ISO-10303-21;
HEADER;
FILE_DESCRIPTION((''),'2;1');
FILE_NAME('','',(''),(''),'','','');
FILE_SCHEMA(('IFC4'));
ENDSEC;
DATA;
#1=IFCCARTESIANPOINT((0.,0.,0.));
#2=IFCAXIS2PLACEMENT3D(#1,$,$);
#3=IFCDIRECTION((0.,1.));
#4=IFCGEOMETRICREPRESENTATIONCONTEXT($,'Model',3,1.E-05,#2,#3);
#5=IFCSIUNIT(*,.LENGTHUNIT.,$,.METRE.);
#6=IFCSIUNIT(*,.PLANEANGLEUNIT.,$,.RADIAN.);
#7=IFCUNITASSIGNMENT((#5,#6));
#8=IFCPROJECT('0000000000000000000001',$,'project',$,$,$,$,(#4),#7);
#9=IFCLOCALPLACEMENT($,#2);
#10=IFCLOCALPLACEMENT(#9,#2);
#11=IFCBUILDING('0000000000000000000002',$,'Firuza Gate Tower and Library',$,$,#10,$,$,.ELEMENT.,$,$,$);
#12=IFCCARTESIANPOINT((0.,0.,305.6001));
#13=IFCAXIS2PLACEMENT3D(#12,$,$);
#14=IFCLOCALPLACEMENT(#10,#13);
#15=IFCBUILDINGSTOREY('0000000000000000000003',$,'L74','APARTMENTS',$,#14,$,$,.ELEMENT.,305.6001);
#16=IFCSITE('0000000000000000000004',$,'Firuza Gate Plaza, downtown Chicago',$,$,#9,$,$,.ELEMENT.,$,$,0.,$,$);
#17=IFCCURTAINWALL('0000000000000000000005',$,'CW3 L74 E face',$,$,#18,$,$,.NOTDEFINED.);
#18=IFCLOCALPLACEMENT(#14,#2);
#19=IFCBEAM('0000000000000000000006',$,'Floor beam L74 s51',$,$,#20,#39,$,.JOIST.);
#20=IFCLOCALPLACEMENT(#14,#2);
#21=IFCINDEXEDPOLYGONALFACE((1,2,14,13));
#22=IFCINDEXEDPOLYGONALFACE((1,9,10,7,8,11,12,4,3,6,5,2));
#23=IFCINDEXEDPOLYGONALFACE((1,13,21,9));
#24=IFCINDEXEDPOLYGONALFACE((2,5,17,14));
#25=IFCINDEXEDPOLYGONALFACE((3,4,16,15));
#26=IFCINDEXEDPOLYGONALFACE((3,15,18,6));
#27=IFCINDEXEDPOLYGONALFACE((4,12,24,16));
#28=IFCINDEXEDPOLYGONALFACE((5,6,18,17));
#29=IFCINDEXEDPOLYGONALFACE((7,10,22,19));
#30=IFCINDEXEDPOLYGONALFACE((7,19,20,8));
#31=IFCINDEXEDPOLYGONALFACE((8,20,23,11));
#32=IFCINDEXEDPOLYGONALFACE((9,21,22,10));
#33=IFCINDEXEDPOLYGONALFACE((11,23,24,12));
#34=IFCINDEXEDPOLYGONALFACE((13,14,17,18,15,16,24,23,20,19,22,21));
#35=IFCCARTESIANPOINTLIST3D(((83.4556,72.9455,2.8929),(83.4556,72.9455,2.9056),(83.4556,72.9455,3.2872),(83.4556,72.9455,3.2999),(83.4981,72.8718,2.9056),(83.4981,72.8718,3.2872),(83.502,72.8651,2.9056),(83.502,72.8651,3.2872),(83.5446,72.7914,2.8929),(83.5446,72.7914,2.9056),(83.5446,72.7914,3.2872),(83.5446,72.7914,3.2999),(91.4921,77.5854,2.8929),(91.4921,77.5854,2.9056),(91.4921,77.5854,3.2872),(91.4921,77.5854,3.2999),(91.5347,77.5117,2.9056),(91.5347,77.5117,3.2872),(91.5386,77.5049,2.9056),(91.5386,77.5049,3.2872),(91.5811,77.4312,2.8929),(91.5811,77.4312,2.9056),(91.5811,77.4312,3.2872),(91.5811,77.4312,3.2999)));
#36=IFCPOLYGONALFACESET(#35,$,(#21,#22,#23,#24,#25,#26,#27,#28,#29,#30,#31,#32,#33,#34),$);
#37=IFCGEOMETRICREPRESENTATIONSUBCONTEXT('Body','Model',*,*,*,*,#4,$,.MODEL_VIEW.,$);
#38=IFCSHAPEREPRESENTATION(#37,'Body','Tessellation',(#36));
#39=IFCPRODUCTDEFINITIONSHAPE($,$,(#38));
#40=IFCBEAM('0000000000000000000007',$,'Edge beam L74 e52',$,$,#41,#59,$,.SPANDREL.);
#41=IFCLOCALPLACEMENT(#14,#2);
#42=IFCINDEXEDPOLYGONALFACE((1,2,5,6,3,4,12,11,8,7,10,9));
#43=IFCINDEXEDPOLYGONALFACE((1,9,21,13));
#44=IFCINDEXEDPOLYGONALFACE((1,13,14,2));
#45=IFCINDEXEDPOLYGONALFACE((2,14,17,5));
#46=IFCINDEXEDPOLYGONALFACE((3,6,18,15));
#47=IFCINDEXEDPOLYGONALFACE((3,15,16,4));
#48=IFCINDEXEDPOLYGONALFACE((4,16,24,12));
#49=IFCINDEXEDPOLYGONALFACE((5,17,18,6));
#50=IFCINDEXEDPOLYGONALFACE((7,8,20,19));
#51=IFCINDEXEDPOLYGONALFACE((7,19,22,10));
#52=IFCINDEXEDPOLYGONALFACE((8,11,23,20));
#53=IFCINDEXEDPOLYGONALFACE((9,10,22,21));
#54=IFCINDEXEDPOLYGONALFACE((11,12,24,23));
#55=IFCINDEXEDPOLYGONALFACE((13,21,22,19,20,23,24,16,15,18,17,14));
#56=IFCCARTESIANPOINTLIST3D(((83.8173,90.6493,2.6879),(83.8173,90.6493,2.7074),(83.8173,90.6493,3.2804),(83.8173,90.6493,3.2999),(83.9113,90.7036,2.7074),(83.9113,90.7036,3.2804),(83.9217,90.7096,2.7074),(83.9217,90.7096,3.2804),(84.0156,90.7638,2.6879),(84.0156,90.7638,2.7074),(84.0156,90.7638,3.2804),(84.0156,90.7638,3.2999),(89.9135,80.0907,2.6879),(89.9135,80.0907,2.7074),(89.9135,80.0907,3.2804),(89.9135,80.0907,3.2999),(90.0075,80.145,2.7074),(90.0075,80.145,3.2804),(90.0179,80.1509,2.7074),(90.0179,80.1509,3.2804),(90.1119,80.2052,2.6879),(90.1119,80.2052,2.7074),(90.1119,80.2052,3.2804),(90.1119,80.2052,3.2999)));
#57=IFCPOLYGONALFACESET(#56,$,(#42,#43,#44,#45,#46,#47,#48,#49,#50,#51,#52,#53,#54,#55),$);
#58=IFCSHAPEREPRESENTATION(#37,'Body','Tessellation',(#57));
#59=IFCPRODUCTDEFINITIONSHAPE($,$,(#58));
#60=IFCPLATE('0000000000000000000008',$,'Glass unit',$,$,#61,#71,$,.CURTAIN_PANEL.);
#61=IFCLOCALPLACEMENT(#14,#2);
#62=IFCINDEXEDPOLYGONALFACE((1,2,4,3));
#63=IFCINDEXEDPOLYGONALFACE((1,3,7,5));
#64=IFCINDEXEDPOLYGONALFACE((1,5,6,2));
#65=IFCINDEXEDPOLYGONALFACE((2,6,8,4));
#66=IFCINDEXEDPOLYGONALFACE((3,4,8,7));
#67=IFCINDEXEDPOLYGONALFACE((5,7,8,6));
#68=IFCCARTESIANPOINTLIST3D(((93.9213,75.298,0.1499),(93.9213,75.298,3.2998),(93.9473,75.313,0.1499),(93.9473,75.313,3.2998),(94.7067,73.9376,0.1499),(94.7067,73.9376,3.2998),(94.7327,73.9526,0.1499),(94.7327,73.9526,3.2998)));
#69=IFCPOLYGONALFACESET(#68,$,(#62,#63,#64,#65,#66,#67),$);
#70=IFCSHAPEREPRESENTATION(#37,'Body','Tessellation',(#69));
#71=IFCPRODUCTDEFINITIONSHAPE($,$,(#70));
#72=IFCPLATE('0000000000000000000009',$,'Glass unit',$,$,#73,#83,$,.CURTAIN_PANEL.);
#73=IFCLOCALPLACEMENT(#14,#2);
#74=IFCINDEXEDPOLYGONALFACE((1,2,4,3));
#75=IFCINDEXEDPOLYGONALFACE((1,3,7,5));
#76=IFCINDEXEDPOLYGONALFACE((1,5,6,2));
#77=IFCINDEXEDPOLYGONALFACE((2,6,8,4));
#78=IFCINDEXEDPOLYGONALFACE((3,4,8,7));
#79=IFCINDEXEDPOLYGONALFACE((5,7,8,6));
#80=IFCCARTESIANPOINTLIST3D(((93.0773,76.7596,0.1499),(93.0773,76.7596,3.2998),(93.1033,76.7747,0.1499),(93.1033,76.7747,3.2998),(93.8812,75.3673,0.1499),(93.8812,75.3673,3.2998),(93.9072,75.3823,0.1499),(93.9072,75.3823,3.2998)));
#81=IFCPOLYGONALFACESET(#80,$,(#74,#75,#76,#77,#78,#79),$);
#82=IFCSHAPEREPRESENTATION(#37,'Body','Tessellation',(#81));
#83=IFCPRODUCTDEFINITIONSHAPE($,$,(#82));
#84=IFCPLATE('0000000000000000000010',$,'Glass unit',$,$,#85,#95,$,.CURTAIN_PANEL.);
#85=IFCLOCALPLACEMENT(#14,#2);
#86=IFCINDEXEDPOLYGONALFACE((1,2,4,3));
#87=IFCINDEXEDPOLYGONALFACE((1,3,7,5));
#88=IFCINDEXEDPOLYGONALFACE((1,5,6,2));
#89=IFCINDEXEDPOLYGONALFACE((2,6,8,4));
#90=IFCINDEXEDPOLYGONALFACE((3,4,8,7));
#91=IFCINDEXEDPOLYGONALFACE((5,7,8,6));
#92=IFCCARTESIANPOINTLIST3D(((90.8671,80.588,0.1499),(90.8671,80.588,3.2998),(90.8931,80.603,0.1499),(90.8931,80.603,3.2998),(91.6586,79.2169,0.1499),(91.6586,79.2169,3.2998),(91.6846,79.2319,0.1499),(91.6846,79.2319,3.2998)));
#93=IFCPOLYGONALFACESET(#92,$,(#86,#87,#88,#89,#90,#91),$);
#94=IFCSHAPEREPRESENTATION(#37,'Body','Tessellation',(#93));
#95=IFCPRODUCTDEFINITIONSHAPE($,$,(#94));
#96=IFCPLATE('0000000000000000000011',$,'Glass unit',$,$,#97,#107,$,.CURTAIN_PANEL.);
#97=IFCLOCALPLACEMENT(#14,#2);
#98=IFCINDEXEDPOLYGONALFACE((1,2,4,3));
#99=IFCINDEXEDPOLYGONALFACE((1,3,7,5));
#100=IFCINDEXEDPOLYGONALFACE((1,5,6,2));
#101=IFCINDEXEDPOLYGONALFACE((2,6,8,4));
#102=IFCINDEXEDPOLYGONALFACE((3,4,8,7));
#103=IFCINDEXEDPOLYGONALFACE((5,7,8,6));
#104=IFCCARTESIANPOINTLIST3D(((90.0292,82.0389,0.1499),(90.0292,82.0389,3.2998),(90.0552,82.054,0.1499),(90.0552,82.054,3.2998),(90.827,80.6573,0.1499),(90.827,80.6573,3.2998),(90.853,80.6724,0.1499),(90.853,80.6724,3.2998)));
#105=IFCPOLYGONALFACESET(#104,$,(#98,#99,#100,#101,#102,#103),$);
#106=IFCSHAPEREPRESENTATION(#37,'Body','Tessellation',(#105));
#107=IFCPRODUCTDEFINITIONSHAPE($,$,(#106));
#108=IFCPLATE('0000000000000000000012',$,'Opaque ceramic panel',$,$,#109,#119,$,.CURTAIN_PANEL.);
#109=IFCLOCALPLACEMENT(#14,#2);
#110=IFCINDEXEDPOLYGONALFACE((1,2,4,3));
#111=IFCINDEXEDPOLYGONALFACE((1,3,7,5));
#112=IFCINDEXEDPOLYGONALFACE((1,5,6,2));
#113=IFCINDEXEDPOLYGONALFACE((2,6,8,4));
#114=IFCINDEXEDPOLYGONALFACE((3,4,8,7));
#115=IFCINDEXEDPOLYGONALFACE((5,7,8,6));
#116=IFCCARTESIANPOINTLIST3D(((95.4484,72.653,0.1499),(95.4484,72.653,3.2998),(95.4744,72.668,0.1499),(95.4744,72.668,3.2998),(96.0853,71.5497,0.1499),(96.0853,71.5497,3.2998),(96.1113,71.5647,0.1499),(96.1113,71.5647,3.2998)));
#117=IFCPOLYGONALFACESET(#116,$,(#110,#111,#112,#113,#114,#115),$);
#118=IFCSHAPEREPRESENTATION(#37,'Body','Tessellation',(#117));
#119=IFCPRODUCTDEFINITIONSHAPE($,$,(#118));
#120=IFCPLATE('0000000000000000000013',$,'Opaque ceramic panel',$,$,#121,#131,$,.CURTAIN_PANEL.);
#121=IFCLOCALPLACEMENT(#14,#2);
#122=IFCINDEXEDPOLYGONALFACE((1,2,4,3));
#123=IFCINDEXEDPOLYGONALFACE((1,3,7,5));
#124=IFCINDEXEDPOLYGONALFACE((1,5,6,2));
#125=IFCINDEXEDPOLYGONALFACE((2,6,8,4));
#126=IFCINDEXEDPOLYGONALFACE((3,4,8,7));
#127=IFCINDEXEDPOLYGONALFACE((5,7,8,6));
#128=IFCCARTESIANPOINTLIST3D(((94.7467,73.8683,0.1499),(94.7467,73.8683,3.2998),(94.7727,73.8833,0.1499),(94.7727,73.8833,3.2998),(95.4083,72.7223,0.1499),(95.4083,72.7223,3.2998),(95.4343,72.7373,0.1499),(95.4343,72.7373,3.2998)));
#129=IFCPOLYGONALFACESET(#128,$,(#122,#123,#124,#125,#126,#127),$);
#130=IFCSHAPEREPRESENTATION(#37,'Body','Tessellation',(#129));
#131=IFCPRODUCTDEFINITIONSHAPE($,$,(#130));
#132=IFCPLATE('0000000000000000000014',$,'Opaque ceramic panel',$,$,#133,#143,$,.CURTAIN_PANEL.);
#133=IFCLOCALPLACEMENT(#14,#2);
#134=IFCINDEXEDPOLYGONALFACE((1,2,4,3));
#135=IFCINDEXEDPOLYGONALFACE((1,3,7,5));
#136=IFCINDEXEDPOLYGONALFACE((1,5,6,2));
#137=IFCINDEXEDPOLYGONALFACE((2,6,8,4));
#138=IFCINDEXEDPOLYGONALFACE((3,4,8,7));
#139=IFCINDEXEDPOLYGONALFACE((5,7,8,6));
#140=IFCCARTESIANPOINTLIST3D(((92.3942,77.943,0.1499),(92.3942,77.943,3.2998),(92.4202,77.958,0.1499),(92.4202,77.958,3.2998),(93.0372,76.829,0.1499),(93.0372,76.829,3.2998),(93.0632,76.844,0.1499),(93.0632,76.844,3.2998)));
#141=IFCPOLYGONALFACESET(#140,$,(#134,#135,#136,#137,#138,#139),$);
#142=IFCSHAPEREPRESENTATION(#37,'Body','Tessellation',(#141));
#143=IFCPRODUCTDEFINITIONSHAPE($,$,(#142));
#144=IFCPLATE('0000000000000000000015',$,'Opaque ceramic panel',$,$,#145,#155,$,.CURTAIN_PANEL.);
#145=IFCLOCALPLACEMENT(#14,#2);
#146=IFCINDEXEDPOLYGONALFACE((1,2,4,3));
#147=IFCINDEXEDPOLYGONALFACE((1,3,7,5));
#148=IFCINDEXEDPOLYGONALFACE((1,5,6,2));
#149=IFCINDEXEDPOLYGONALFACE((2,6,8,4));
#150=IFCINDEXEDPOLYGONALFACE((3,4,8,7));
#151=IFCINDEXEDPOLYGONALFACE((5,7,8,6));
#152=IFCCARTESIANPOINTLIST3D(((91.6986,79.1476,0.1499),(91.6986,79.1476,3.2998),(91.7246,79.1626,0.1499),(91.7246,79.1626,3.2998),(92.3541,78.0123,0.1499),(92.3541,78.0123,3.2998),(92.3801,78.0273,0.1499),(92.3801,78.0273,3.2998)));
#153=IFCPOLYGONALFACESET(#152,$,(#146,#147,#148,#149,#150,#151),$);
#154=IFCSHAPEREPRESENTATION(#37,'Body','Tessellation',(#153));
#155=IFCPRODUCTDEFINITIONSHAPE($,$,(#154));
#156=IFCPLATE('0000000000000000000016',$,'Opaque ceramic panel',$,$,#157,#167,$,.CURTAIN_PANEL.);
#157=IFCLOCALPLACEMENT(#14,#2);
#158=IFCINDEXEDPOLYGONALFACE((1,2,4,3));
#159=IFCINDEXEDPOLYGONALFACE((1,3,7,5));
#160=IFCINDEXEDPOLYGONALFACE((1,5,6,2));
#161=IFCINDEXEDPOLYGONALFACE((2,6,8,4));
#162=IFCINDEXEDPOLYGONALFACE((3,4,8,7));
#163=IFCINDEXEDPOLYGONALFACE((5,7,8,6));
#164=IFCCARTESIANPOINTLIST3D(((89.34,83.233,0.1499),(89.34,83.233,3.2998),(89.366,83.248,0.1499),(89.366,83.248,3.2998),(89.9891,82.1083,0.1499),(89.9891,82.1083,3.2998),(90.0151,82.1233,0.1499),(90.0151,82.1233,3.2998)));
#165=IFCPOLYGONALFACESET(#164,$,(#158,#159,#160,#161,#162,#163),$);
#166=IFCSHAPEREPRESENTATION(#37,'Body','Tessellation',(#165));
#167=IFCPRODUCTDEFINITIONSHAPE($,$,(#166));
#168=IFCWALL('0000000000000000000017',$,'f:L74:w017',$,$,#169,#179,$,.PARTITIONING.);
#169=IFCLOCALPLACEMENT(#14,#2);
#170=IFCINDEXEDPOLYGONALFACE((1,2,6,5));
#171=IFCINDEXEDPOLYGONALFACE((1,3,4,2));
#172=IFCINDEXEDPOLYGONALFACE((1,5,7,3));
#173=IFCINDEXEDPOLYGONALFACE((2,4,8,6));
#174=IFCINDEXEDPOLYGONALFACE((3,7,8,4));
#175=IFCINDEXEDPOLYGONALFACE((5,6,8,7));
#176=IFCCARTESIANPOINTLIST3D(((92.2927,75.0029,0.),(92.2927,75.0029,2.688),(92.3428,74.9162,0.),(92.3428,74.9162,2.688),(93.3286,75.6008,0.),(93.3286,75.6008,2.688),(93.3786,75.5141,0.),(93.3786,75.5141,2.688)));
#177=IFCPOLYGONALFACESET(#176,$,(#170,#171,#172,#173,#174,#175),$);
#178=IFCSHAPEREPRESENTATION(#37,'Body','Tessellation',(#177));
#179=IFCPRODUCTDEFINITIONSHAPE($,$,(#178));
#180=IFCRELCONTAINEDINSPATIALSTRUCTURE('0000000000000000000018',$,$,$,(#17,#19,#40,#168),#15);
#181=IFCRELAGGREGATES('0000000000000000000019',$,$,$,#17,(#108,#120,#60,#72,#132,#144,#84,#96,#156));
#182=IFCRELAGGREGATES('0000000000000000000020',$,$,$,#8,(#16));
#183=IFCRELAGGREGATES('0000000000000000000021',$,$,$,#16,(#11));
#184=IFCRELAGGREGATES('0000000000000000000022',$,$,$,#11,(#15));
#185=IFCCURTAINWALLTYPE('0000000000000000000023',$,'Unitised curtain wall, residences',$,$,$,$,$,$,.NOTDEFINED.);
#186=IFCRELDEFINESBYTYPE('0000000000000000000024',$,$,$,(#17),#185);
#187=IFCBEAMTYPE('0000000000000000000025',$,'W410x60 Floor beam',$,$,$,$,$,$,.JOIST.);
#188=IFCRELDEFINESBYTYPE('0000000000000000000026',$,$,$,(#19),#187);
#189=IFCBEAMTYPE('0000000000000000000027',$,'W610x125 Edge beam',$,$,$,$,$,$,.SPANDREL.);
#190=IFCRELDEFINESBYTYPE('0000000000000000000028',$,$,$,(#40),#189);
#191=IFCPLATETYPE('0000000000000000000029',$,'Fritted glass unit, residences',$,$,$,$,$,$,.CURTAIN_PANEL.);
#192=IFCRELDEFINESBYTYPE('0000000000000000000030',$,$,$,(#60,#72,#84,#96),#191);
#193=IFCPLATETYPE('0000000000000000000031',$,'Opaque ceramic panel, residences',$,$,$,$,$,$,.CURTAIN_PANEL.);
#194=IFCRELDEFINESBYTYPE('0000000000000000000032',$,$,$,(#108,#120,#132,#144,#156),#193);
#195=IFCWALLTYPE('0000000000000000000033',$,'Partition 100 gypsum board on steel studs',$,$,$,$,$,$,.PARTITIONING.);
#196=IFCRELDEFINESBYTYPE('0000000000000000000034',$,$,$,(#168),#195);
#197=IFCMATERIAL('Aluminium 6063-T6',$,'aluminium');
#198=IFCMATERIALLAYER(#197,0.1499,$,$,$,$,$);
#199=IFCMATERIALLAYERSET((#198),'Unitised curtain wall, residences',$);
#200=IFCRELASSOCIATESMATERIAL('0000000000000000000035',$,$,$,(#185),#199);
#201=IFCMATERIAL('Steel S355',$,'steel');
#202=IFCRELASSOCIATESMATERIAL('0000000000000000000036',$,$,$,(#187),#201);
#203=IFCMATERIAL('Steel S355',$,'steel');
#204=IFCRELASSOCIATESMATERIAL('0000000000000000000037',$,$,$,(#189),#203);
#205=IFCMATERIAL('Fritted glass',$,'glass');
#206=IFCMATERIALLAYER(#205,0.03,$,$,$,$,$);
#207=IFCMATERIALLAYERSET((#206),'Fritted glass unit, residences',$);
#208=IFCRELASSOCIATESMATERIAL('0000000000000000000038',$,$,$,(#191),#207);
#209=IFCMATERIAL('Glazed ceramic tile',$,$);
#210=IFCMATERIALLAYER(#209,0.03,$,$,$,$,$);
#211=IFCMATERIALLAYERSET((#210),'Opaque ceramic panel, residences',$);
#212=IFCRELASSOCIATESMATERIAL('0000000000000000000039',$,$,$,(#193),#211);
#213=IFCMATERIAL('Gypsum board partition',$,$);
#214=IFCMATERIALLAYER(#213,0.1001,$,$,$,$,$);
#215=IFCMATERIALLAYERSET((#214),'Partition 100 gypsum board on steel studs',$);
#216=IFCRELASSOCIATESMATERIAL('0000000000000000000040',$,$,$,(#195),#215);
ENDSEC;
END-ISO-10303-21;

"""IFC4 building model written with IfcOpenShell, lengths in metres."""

from ifc_helpers import new_model, si_unit, direction, frame, frame_2d, origin, origin_2d, place, context, subcontext, project, spatial, polyline, rectangle, i_section, outline, extrude, material, layer, layer_set, material_profile, profile_set, type_object, element, aggregate, save


model = new_model("IFC4")

# Units and contexts
model_context = context("Model", 3, precision=1e-05, world=origin(), true_north=direction((0.0, 1.0)))
body_context = subcontext(model_context, "Body", "Model", "MODEL_VIEW")
ifc_project = project(units=[si_unit("LENGTHUNIT", "METRE"), si_unit("PLANEANGLEUNIT", "RADIAN")], contexts=[model_context])

# Site, building, storey
site_placement = place(None, origin())
site = spatial("IfcSite", under=ifc_project, at=site_placement, Name="Firuza Gate Plaza, downtown Chicago", CompositionType="ELEMENT", RefElevation=0.0)
building_placement = place(site_placement, origin())
building = spatial("IfcBuilding", under=site, at=building_placement, Name="Firuza Gate Tower and Library", CompositionType="ELEMENT")
storey_placement = place(building_placement, frame((0.0, 0.0, 305.6001)))
storey = spatial("IfcBuildingStorey", under=building, at=storey_placement, Name="L74", Description="APARTMENTS", CompositionType="ELEMENT", Elevation=305.6001)

# Curtain wall
ifc_material_1 = material(Name="Aluminium 6063-T6", Category="aluminium")
ifc_layer_1 = layer(ifc_material_1, 0.1499)
ifc_layer_set_1 = layer_set([ifc_layer_1], Name="Unitised curtain wall, residences")
curtain_wall_type = type_object("IfcCurtainWallType", Name="Unitised curtain wall, residences", PredefinedType="NOTDEFINED", material=ifc_layer_set_1)
curtain_wall_placement = place(storey_placement, origin())
curtain_wall = element("IfcCurtainWall", 1, at=curtain_wall_placement, inside=storey, type_object=curtain_wall_type, Name="CW3 L74 E face", PredefinedType="NOTDEFINED")

# Beams
ifc_material_2 = material(Name="Steel S355", Category="steel")
ifc_material_profile_1 = material_profile(ifc_material_2, i_section(OverallWidth=0.178, OverallDepth=0.407, WebThickness=0.0078, FlangeThickness=0.0127, at=origin_2d()))
ifc_profile_set_1 = profile_set([ifc_material_profile_1], Name="Steel S355")
beam_type_1 = type_object("IfcBeamType", Name="W410x60 Floor beam", PredefinedType="JOIST", material=ifc_profile_set_1)
beam_1_placement = place(storey_placement, frame((91.5366, 77.5083, 3.0964), z_axis=(-0.866028, -0.499996, 0.0), x_axis=(0.499996, -0.866028, 0.0)))
element("IfcBeam", 2, at=beam_1_placement, inside=storey, type_object=beam_type_1, Name="Floor beam L74 s51", PredefinedType="JOIST", context=body_context, shape_type="SweptSolid", body=[
    extrude(i_section(OverallWidth=0.178, OverallDepth=0.407, WebThickness=0.0078, FlangeThickness=0.0127, at=origin_2d()), origin(), (0.0, 0.0, 1.0), 9.2798),
])
ifc_material_3 = material(Name="Steel S355", Category="steel")
ifc_material_profile_2 = material_profile(ifc_material_3, i_section(OverallWidth=0.229, OverallDepth=0.6121, WebThickness=0.012, FlangeThickness=0.0195, at=origin_2d()))
ifc_profile_set_2 = profile_set([ifc_material_profile_2], Name="Steel S355")
beam_type_2 = type_object("IfcBeamType", Name="W610x125 Edge beam", PredefinedType="SPANDREL", material=ifc_profile_set_2)
beam_2_placement = place(storey_placement, frame((90.0127, 80.1479, 2.9939), z_axis=(-0.500011, 0.866019, 0.0), x_axis=(-0.866019, -0.500011, 0.0)))
element("IfcBeam", 3, at=beam_2_placement, inside=storey, type_object=beam_type_2, Name="Edge beam L74 e52", PredefinedType="SPANDREL", context=body_context, shape_type="SweptSolid", body=[
    extrude(i_section(OverallWidth=0.229, OverallDepth=0.6121, WebThickness=0.012, FlangeThickness=0.0195, at=origin_2d()), origin(), (0.0, 0.0, 1.0), 12.1921),
])

# Plates
ifc_material_4 = material(Name="Fritted glass", Category="glass")
ifc_layer_2 = layer(ifc_material_4, 0.03)
ifc_layer_set_2 = layer_set([ifc_layer_2], Name="Fritted glass unit, residences")
plate_type_1 = type_object("IfcPlateType", Name="Fritted glass unit, residences", PredefinedType="CURTAIN_PANEL", material=ifc_layer_set_2)
plate_1_placement = place(storey_placement, frame((94.7327, 73.9526, 0.1499), z_axis=(0.866025, 0.500001, 0.0), x_axis=(-0.500001, 0.866025, 0.0)))
plate_1 = element("IfcPlate", 4, at=plate_1_placement, type_object=plate_type_1, Name="Glass unit", PredefinedType="CURTAIN_PANEL", context=body_context, shape_type="SweptSolid", body=[
    extrude(outline(polyline([(0.0, 0.0), (1.5708, 0.0), (1.5708, 3.1499), (0.0, 3.1499), (0.0, 0.0)])), origin(), (0.0, 0.0, -1.0), 0.03),
])
plate_2_placement = place(storey_placement, frame((93.9072, 75.3823, 0.1499), z_axis=(0.866001, 0.500042, 0.0), x_axis=(-0.500042, 0.866001, 0.0)))
plate_2 = element("IfcPlate", 5, at=plate_2_placement, type_object=plate_type_1, Name="Glass unit", PredefinedType="CURTAIN_PANEL", context=body_context, shape_type="SweptSolid", body=[
    extrude(outline(polyline([(0.0, 0.0), (1.6078, 0.0), (1.6078, 3.1499), (0.0, 3.1499), (0.0, 0.0)])), origin(), (0.0, 0.0, -1.0), 0.03),
])
plate_3_placement = place(storey_placement, frame((91.6846, 79.2319, 0.1499), z_axis=(0.866052, 0.499954, 0.0), x_axis=(-0.499954, 0.866052, 0.0)))
plate_3 = element("IfcPlate", 6, at=plate_3_placement, type_object=plate_type_1, Name="Glass unit", PredefinedType="CURTAIN_PANEL", context=body_context, shape_type="SweptSolid", body=[
    extrude(outline(polyline([(0.0, 0.0), (1.5832, 0.0), (1.5832, 3.1499), (0.0, 3.1499), (0.0, 0.0)])), origin(), (0.0, 0.0, -1.0), 0.03),
])
plate_4_placement = place(storey_placement, frame((90.853, 80.6724, 0.1499), z_axis=(0.865974, 0.500089, 0.0), x_axis=(-0.500089, 0.865974, 0.0)))
plate_4 = element("IfcPlate", 7, at=plate_4_placement, type_object=plate_type_1, Name="Glass unit", PredefinedType="CURTAIN_PANEL", context=body_context, shape_type="SweptSolid", body=[
    extrude(outline(polyline([(0.0, 0.0), (1.5954, 0.0), (1.5954, 3.1499), (0.0, 3.1499), (0.0, 0.0)])), origin(), (0.0, 0.0, -1.0), 0.03),
])
ifc_material_5 = material(Name="Glazed ceramic tile")
ifc_layer_3 = layer(ifc_material_5, 0.03)
ifc_layer_set_3 = layer_set([ifc_layer_3], Name="Opaque ceramic panel, residences")
plate_type_2 = type_object("IfcPlateType", Name="Opaque ceramic panel, residences", PredefinedType="CURTAIN_PANEL", material=ifc_layer_set_3)
plate_5_placement = place(storey_placement, frame((96.1113, 71.5647, 0.1499), z_axis=(0.866029, 0.499993, 0.0), x_axis=(-0.499993, 0.866029, 0.0)))
plate_5 = element("IfcPlate", 8, at=plate_5_placement, type_object=plate_type_2, Name="Opaque ceramic panel", PredefinedType="CURTAIN_PANEL", context=body_context, shape_type="SweptSolid", body=[
    extrude(outline(polyline([(0.0, 0.0), (1.2739, 0.0), (1.2739, 3.1499), (0.0, 3.1499), (0.0, 0.0)])), origin(), (0.0, 0.0, -1.0), 0.03),
])
plate_6_placement = place(storey_placement, frame((95.4343, 72.7373, 0.1499), z_axis=(0.866032, 0.499989, 0.0), x_axis=(-0.499989, 0.866032, 0.0)))
plate_6 = element("IfcPlate", 9, at=plate_6_placement, type_object=plate_type_2, Name="Opaque ceramic panel", PredefinedType="CURTAIN_PANEL", context=body_context, shape_type="SweptSolid", body=[
    extrude(outline(polyline([(0.0, 0.0), (1.3233, 0.0), (1.3233, 3.1499), (0.0, 3.1499), (0.0, 0.0)])), origin(), (0.0, 0.0, -1.0), 0.03),
])
plate_7_placement = place(storey_placement, frame((93.0632, 76.844, 0.1499), z_axis=(0.866062, 0.499936, 0.0), x_axis=(-0.499936, 0.866062, 0.0)))
plate_7 = element("IfcPlate", 10, at=plate_7_placement, type_object=plate_type_2, Name="Opaque ceramic panel", PredefinedType="CURTAIN_PANEL", context=body_context, shape_type="SweptSolid", body=[
    extrude(outline(polyline([(0.0, 0.0), (1.2863, 0.0), (1.2863, 3.1499), (0.0, 3.1499), (0.0, 0.0)])), origin(), (0.0, 0.0, -1.0), 0.03),
])
plate_8_placement = place(storey_placement, frame((92.3801, 78.0273, 0.1499), z_axis=(0.865999, 0.500045, 0.0), x_axis=(-0.500045, 0.865999, 0.0)))
plate_8 = element("IfcPlate", 11, at=plate_8_placement, type_object=plate_type_2, Name="Opaque ceramic panel", PredefinedType="CURTAIN_PANEL", context=body_context, shape_type="SweptSolid", body=[
    extrude(outline(polyline([(0.0, 0.0), (1.3109, 0.0), (1.3109, 3.1499), (0.0, 3.1499), (0.0, 0.0)])), origin(), (0.0, 0.0, -1.0), 0.03),
])
plate_9_placement = place(storey_placement, frame((90.0151, 82.1233, 0.1499), z_axis=(0.866095, 0.49988, 0.0), x_axis=(-0.49988, 0.866095, 0.0)))
plate_9 = element("IfcPlate", 12, at=plate_9_placement, type_object=plate_type_2, Name="Opaque ceramic panel", PredefinedType="CURTAIN_PANEL", context=body_context, shape_type="SweptSolid", body=[
    extrude(outline(polyline([(0.0, 0.0), (1.2987, 0.0), (1.2987, 3.1499), (0.0, 3.1499), (0.0, 0.0)])), origin(), (0.0, 0.0, -1.0), 0.03),
])
aggregate(curtain_wall, [plate_5, plate_6, plate_1, plate_2, plate_7, plate_8, plate_3, plate_4, plate_9])

# Wall
ifc_material_6 = material(Name="Gypsum board partition")
ifc_layer_4 = layer(ifc_material_6, 0.1001)
ifc_layer_set_4 = layer_set([ifc_layer_4], Name="Partition 100 gypsum board on steel studs")
wall_type = type_object("IfcWallType", Name="Partition 100 gypsum board on steel studs", PredefinedType="PARTITIONING", material=ifc_layer_set_4)
wall_1_placement = place(storey_placement, frame((92.3176, 74.9595, 0.0), z_axis=(0.0, 0.0, 1.0), x_axis=(0.866087, 0.499893, 0.0)))
element("IfcWall", 13, at=wall_1_placement, inside=storey, type_object=wall_type, Name="f:L74:w017", PredefinedType="PARTITIONING", context=body_context, shape_type="SweptSolid", body=[
    extrude(rectangle(XDim=1.196, YDim=0.1001, at=frame_2d((0.5981, 0.0))), origin(), (0.0, 0.0, 1.0), 2.688),
])

save(model, "model.ifc")
